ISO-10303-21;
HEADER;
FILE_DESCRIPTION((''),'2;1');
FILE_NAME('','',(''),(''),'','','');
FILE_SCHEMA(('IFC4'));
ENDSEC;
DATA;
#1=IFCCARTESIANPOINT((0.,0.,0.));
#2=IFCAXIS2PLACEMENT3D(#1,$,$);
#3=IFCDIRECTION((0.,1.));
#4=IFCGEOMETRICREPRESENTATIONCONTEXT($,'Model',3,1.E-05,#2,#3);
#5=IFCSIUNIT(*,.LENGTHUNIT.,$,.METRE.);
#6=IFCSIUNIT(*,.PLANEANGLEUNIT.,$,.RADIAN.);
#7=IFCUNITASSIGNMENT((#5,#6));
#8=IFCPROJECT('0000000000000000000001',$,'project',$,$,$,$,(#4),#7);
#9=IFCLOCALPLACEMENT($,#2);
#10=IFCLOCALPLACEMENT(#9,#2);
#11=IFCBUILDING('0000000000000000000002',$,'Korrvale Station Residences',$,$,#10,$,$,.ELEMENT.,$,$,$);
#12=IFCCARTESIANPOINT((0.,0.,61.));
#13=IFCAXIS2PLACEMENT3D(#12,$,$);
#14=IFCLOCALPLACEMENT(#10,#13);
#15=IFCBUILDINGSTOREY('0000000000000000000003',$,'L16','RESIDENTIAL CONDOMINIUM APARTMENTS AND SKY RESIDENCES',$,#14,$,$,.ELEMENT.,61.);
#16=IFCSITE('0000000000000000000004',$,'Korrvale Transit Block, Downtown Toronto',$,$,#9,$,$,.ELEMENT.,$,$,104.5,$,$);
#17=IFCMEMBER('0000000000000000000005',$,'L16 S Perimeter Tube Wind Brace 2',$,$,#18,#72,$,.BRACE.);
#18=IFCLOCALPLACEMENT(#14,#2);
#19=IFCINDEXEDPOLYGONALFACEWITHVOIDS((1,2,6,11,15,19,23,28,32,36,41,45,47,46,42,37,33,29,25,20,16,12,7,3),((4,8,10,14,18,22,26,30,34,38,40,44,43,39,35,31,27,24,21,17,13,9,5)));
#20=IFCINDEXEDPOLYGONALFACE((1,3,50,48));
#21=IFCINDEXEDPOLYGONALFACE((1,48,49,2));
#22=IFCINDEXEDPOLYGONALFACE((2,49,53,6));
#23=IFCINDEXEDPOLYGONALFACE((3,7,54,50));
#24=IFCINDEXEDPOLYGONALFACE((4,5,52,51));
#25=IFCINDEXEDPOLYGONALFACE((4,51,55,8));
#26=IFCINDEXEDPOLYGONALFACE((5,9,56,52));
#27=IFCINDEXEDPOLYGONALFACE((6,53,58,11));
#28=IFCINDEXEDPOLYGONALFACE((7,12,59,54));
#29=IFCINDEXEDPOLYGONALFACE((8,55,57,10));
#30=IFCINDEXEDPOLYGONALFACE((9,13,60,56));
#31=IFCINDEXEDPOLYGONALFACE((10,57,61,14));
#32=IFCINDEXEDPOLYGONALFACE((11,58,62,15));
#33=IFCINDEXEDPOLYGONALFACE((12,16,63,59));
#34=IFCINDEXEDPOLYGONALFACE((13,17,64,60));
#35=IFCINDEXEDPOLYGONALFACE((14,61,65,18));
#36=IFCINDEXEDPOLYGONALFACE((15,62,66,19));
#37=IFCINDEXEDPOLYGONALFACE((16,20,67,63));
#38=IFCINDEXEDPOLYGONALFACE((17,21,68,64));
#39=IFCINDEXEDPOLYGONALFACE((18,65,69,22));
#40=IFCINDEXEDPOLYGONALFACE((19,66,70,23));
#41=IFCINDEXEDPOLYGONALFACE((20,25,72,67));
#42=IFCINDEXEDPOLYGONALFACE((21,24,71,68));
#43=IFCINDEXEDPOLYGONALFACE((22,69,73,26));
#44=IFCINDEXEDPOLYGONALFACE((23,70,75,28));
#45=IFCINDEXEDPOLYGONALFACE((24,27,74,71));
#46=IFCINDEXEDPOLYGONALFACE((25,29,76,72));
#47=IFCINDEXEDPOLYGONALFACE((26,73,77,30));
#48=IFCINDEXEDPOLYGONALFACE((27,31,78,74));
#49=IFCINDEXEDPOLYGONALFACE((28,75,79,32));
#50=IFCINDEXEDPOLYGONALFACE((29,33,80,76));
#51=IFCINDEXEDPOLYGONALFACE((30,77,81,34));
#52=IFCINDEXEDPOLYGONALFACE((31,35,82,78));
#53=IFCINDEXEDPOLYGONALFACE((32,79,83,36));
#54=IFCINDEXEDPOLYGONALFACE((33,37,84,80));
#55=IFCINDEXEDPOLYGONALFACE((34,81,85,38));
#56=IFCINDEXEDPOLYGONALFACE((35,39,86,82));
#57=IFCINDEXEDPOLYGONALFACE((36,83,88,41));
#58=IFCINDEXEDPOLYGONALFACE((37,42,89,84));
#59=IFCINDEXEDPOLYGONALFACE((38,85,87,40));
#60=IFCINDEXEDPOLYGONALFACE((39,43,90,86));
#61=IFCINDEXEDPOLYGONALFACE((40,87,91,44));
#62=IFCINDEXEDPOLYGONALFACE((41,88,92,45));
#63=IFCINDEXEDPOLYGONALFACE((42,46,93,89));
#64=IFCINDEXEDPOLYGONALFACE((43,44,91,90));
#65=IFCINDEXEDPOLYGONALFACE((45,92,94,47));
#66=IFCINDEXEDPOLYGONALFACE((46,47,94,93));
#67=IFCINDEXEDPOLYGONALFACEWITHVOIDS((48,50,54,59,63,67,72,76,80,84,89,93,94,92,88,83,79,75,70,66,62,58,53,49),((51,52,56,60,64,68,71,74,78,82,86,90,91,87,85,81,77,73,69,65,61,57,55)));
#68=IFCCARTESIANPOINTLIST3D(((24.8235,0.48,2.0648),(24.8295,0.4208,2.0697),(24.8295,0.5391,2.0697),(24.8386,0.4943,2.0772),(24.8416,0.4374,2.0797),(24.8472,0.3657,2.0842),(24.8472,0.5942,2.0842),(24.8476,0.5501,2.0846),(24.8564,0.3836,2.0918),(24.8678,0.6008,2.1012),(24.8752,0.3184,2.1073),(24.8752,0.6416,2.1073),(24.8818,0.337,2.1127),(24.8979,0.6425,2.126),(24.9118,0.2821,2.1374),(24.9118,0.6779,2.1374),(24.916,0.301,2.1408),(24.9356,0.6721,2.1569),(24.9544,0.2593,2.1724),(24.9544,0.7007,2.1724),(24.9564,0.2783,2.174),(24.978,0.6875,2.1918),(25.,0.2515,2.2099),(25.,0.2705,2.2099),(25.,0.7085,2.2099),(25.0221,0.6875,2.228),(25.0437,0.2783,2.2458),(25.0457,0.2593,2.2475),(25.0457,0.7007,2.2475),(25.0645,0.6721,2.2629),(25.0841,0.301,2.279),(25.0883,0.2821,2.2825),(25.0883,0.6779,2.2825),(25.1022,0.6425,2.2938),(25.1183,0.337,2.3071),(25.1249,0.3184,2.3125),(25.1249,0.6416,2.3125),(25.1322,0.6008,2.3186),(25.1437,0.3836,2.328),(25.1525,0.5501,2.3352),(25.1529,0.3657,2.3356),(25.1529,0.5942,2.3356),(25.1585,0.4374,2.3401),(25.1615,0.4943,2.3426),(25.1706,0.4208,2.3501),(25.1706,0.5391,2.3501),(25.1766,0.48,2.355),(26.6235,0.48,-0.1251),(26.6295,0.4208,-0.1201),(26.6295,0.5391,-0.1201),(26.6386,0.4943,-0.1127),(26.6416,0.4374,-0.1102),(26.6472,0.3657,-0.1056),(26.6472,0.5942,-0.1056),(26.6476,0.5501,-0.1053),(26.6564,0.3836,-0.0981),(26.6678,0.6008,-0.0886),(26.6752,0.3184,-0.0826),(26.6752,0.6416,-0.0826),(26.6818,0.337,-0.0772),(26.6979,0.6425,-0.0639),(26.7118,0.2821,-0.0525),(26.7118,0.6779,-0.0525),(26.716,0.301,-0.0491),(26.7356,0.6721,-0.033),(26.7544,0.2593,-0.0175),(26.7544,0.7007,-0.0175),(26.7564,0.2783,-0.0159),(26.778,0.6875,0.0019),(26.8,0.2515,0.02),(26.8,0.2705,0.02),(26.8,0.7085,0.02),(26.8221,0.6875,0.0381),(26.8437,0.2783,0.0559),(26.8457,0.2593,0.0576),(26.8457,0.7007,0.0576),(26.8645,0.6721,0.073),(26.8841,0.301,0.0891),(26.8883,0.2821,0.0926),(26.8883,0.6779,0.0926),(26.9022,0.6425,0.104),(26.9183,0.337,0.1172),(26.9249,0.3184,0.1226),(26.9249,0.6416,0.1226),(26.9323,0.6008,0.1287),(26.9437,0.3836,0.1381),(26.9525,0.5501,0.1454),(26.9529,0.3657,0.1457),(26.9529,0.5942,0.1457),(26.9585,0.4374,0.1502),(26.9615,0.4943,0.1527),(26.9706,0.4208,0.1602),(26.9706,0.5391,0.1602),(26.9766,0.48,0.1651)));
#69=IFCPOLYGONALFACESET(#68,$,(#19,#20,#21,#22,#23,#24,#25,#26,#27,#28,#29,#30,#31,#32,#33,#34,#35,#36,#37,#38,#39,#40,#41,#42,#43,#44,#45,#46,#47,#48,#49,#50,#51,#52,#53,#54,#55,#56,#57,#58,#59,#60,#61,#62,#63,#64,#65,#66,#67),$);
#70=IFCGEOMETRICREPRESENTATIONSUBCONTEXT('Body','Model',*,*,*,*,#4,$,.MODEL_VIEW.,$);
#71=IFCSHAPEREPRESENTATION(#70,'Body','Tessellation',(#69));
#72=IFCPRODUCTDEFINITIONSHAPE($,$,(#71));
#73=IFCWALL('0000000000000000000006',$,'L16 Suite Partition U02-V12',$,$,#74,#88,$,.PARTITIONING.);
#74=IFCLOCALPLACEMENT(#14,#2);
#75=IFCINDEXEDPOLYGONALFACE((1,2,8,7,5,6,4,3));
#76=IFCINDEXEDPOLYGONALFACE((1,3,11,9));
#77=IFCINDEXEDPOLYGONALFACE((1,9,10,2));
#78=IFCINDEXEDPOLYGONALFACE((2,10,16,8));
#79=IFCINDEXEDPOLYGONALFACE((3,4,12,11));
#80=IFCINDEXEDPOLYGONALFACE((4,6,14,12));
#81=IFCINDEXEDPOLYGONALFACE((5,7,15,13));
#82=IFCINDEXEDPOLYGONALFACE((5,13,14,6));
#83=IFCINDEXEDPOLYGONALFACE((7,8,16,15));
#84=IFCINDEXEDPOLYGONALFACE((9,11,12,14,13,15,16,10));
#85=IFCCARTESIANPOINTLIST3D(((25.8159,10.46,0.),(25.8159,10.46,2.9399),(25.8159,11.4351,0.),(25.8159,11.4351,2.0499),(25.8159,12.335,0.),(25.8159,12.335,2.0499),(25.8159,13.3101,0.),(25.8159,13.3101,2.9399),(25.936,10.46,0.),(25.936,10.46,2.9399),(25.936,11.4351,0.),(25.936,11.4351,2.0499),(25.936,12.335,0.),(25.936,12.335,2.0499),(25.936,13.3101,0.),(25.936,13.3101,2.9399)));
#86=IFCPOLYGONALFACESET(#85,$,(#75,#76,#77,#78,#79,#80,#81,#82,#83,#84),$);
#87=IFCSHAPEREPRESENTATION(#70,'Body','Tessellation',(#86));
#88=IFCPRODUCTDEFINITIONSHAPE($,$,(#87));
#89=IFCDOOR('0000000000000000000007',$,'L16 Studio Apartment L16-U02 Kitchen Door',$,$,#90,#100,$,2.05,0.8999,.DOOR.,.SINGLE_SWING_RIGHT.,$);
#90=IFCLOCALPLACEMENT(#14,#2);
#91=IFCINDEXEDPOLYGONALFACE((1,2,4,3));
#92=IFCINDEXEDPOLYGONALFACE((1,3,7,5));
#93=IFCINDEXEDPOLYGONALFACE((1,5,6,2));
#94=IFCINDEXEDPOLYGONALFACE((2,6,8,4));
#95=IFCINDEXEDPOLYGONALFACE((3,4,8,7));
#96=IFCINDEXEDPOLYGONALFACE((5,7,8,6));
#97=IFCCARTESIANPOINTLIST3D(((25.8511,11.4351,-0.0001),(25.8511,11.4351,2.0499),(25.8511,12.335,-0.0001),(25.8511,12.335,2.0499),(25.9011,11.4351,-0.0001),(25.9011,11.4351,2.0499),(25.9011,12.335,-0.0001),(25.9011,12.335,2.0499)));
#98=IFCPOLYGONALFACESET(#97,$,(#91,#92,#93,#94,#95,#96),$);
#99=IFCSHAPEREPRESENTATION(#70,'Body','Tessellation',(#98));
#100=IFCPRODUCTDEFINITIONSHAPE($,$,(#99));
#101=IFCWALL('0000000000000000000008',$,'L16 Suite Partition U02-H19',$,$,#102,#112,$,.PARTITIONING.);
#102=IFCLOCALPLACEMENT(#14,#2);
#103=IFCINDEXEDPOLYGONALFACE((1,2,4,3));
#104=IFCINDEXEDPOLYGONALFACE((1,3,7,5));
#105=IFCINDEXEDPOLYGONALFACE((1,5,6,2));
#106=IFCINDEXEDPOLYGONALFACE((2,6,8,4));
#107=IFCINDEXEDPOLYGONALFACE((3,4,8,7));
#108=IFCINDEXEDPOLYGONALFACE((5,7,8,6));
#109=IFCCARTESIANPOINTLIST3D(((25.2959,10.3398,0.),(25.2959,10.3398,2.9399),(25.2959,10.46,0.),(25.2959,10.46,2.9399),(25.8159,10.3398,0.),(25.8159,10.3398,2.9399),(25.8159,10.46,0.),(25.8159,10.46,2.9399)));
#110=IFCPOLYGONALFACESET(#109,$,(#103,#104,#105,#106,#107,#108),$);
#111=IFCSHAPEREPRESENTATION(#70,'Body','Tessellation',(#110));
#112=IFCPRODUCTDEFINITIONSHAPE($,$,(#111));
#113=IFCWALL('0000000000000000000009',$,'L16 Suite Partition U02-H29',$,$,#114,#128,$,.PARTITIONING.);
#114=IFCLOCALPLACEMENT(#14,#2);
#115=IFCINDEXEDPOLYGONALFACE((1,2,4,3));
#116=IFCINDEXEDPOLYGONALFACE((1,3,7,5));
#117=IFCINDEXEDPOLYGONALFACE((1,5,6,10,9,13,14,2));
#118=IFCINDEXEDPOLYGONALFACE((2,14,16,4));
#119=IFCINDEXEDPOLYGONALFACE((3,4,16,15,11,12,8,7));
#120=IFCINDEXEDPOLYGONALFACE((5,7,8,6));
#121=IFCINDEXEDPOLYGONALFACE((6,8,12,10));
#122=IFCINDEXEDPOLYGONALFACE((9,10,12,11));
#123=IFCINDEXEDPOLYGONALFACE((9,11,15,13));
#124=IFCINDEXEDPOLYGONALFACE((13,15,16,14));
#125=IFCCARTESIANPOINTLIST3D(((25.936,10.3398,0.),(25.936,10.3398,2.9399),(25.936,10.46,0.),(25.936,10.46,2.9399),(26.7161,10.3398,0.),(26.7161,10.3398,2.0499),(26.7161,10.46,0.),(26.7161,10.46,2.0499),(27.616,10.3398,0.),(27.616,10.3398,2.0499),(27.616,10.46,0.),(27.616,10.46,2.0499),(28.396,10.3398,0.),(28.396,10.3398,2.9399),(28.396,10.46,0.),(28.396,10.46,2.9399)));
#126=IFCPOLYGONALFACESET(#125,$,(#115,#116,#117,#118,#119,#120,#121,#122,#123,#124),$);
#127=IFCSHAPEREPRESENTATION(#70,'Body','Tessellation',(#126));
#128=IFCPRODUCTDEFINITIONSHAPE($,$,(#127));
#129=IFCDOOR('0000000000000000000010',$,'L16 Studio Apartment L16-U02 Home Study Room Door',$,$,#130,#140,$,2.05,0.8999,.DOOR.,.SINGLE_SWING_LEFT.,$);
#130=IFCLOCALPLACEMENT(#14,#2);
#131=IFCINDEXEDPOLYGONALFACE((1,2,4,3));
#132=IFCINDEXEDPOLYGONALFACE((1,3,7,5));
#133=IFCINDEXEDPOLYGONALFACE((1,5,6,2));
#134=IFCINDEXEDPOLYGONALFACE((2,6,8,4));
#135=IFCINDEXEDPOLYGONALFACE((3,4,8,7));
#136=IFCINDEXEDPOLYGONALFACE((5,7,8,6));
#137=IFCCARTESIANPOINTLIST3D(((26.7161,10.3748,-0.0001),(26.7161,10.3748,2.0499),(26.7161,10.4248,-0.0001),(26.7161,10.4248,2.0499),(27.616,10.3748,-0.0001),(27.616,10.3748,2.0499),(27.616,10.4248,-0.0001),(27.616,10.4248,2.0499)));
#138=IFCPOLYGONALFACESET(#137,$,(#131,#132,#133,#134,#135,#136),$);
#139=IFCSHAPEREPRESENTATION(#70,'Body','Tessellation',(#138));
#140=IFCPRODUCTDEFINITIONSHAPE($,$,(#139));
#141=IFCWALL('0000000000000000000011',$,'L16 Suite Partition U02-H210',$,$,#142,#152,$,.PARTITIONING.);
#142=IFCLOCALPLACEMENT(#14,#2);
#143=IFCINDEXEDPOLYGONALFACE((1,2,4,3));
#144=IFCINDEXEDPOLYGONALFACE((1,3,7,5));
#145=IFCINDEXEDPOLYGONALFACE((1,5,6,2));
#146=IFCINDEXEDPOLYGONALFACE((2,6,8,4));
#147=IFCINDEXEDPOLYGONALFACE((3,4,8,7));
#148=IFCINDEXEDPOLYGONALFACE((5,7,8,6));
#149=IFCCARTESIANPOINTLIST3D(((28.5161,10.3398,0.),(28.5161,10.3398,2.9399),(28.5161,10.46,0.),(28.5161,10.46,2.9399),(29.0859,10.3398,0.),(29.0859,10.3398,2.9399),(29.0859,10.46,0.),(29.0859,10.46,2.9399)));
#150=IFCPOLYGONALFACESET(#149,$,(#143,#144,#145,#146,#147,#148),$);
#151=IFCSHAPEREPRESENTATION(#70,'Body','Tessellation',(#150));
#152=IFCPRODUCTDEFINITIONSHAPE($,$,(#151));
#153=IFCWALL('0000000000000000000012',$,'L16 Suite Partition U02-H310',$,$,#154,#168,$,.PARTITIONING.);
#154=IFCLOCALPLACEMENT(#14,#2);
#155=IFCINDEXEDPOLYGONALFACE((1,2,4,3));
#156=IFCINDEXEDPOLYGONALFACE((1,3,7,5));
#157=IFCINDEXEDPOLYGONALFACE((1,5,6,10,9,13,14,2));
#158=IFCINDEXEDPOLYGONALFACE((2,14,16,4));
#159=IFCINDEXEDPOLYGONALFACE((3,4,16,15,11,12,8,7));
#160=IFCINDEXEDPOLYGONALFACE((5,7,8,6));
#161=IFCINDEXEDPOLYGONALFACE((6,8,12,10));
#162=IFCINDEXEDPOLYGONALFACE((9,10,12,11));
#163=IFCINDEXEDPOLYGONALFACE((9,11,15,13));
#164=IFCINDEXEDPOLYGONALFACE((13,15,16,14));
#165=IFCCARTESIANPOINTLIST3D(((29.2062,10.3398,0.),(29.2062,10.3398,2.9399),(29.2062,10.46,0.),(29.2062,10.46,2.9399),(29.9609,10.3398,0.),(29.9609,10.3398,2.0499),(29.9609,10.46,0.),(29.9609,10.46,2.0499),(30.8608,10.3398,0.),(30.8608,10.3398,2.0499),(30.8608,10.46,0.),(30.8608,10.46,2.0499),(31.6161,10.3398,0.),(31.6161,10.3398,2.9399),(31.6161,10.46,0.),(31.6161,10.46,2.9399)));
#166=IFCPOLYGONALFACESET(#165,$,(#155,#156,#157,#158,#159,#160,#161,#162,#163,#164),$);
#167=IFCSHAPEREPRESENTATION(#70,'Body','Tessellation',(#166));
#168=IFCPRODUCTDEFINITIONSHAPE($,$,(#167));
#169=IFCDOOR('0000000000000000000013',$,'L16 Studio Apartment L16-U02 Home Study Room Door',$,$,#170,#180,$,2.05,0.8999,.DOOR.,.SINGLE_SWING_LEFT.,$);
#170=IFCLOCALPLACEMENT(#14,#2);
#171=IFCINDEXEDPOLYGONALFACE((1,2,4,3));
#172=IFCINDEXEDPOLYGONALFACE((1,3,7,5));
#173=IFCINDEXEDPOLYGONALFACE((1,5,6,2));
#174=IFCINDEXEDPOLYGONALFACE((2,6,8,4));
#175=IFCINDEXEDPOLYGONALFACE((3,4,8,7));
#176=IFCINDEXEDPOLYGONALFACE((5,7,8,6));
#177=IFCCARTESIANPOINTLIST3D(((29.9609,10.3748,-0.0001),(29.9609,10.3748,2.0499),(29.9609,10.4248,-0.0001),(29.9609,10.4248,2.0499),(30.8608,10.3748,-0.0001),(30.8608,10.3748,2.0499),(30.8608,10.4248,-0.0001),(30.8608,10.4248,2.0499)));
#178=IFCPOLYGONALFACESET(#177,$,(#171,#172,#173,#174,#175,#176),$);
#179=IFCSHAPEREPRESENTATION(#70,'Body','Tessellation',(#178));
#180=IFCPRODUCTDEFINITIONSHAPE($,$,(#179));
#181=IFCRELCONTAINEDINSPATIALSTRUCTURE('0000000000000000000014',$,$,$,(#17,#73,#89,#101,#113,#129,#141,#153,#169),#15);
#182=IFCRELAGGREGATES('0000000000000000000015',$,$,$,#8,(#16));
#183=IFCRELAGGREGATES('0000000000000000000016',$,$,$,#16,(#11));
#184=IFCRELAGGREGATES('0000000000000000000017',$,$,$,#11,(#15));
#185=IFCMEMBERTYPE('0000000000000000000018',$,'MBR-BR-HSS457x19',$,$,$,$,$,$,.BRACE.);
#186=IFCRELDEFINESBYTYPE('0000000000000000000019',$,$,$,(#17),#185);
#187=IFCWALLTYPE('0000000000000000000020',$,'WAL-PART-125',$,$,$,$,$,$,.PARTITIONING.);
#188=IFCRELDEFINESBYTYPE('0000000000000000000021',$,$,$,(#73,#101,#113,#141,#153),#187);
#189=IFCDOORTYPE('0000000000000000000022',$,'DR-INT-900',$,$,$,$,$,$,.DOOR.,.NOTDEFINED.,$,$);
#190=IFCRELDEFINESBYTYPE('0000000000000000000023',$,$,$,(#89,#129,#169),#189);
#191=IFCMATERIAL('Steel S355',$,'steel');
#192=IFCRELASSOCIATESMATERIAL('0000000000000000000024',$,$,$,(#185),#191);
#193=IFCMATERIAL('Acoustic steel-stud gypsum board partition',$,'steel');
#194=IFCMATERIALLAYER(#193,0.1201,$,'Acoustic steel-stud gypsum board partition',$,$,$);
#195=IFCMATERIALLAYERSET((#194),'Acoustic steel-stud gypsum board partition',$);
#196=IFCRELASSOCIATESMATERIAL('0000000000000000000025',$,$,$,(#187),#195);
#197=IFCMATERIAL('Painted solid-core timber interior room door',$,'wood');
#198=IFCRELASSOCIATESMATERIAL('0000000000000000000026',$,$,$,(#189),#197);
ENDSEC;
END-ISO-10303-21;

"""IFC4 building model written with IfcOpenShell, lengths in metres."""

from ifc_helpers import new_model, si_unit, direction, frame, frame_2d, origin, origin_2d, place, context, subcontext, project, spatial, rectangle, hollow_circle, extrude, material, layer, layer_set, material_profile, profile_set, type_object, element, fill, save


model = new_model("IFC4")

# Units and contexts
model_context = context("Model", 3, precision=1e-05, world=origin(), true_north=direction((0.0, 1.0)))
body_context = subcontext(model_context, "Body", "Model", "MODEL_VIEW")
ifc_project = project(units=[si_unit("LENGTHUNIT", "METRE"), si_unit("PLANEANGLEUNIT", "RADIAN")], contexts=[model_context])

# Site, building, storey
site_placement = place(None, origin())
site = spatial("IfcSite", under=ifc_project, at=site_placement, Name="Korrvale Transit Block, Downtown Toronto", CompositionType="ELEMENT", RefElevation=104.5)
building_placement = place(site_placement, origin())
building = spatial("IfcBuilding", under=site, at=building_placement, Name="Korrvale Station Residences", CompositionType="ELEMENT")
storey_placement = place(building_placement, frame((0.0, 0.0, 61.0)))
storey = spatial("IfcBuildingStorey", under=building, at=storey_placement, Name="L16", Description="RESIDENTIAL CONDOMINIUM APARTMENTS AND SKY RESIDENCES", CompositionType="ELEMENT", Elevation=61.0)

# Shared definitions
ifc_material_1 = material(Name="Steel S355", Category="steel")

# Member
ifc_material_profile_1 = material_profile(ifc_material_1, hollow_circle(Radius=0.2285, WallThickness=0.019, at=origin_2d()), Name="HSS457x19")
ifc_profile_set_1 = profile_set([ifc_material_profile_1], Name="Steel S355")
member_type = type_object("IfcMemberType", Name="MBR-BR-HSS457x19", PredefinedType="BRACE", material=ifc_profile_set_1)
for number, where, z_axis, x_axis, name in (
    (1, (26.8, 0.48, 0.02), (-0.634985, 0.0, 0.772524), (0.0, -1.0, 0.0), "L16 S Perimeter Tube Wind Brace 2"),
):
    element("IfcMember", number, at=place(storey_placement, frame(where, z_axis=z_axis, x_axis=x_axis)), inside=storey, type_object=member_type, Name=name, PredefinedType="BRACE", context=body_context, shape_type="SweptSolid", body=[
        extrude(hollow_circle(Radius=0.2285, WallThickness=0.019, at=origin_2d()), origin(), (0.0, 0.0, 1.0), 2.8347),
    ])

# Wall, opening, door
ifc_material_2 = material(Name="Acoustic steel-stud gypsum board partition", Category="steel")
ifc_layer_1 = layer(ifc_material_2, 0.1201, Name="Acoustic steel-stud gypsum board partition")
ifc_layer_set_1 = layer_set([ifc_layer_1], Name="Acoustic steel-stud gypsum board partition")
wall_type = type_object("IfcWallType", Name="WAL-PART-125", PredefinedType="PARTITIONING", material=ifc_layer_set_1)
wall_1_placement = place(storey_placement, frame((25.876, 10.46, 0.0), z_axis=(0.0, 0.0, 1.0), x_axis=(0.0, 1.0, 0.0)))
wall_1 = element("IfcWall", 2, at=wall_1_placement, inside=storey, type_object=wall_type, Name="L16 Suite Partition U02-V12", PredefinedType="PARTITIONING", context=body_context, shape_type="SweptSolid", body=[
    extrude(rectangle(XDim=2.8501, YDim=0.1201, at=frame_2d((1.425, 0.0))), origin(), (0.0, 0.0, 1.0), 2.9399),
])
opening_1_placement = place(wall_1_placement, frame((0.9751, 0.0, 0.0)))
opening_1 = element("IfcOpeningElement", 3, at=opening_1_placement, cuts=wall_1, PredefinedType="OPENING", context=body_context, shape_type="SweptSolid", body=[
    extrude(rectangle(XDim=0.8999, YDim=2.05, at=frame_2d((0.45, 1.0249))), frame((0.0, 0.0701, 0.0), z_axis=(0.0, -1.0, 0.0), x_axis=(1.0, 0.0, 0.0)), (0.0, 0.0, 1.0), 0.1401),
])
ifc_material_3 = material(Name="Painted solid-core timber interior room door", Category="wood")
door_type = type_object("IfcDoorType", Name="DR-INT-900", OperationType="NOTDEFINED", PredefinedType="DOOR", material=ifc_material_3)
door_1_placement = place(opening_1_placement, origin())
door_1 = element("IfcDoor", 4, at=door_1_placement, inside=storey, type_object=door_type, Name="L16 Studio Apartment L16-U02 Kitchen Door", OperationType="SINGLE_SWING_RIGHT", OverallHeight=2.05, OverallWidth=0.8999, PredefinedType="DOOR", context=body_context, shape_type="SweptSolid", body=[
    extrude(rectangle(XDim=0.8999, YDim=2.05, at=frame_2d((0.45, 1.0249))), frame((0.0, 0.0249, 0.0), z_axis=(0.0, -1.0, 0.0), x_axis=(1.0, 0.0, 0.0)), (0.0, 0.0, 1.0), 0.05),
])
fill(opening_1, door_1)

# Wall
wall_2_placement = place(storey_placement, frame((25.2959, 10.3999, 0.0), z_axis=(0.0, 0.0, 1.0), x_axis=(1.0, 0.0, 0.0)))
element("IfcWall", 5, at=wall_2_placement, inside=storey, type_object=wall_type, Name="L16 Suite Partition U02-H19", PredefinedType="PARTITIONING", context=body_context, shape_type="SweptSolid", body=[
    extrude(rectangle(XDim=0.52, YDim=0.1201, at=frame_2d((0.26, 0.0))), origin(), (0.0, 0.0, 1.0), 2.9399),
])

# Wall, opening, door
wall_3_placement = place(storey_placement, frame((25.936, 10.3999, 0.0), z_axis=(0.0, 0.0, 1.0), x_axis=(1.0, 0.0, 0.0)))
wall_3 = element("IfcWall", 6, at=wall_3_placement, inside=storey, type_object=wall_type, Name="L16 Suite Partition U02-H29", PredefinedType="PARTITIONING", context=body_context, shape_type="SweptSolid", body=[
    extrude(rectangle(XDim=2.46, YDim=0.1201, at=frame_2d((1.23, 0.0))), origin(), (0.0, 0.0, 1.0), 2.9399),
])
opening_2_placement = place(wall_3_placement, frame((0.78, 0.0, 0.0)))
opening_2 = element("IfcOpeningElement", 7, at=opening_2_placement, cuts=wall_3, PredefinedType="OPENING", context=body_context, shape_type="SweptSolid", body=[
    extrude(rectangle(XDim=0.8999, YDim=2.05, at=frame_2d((0.45, 1.0249))), frame((0.0, 0.0701, 0.0), z_axis=(0.0, -1.0, 0.0), x_axis=(1.0, 0.0, 0.0)), (0.0, 0.0, 1.0), 0.1401),
])
door_2_placement = place(opening_2_placement, origin())
door_2 = element("IfcDoor", 8, at=door_2_placement, inside=storey, type_object=door_type, Name="L16 Studio Apartment L16-U02 Home Study Room Door", OperationType="SINGLE_SWING_LEFT", OverallHeight=2.05, OverallWidth=0.8999, PredefinedType="DOOR", context=body_context, shape_type="SweptSolid", body=[
    extrude(rectangle(XDim=0.8999, YDim=2.05, at=frame_2d((0.45, 1.0249))), frame((0.0, 0.0249, 0.0), z_axis=(0.0, -1.0, 0.0), x_axis=(1.0, 0.0, 0.0)), (0.0, 0.0, 1.0), 0.05),
])
fill(opening_2, door_2)

# Wall
wall_4_placement = place(storey_placement, frame((28.5161, 10.3999, 0.0), z_axis=(0.0, 0.0, 1.0), x_axis=(1.0, 0.0, 0.0)))
element("IfcWall", 9, at=wall_4_placement, inside=storey, type_object=wall_type, Name="L16 Suite Partition U02-H210", PredefinedType="PARTITIONING", context=body_context, shape_type="SweptSolid", body=[
    extrude(rectangle(XDim=0.5698, YDim=0.1201, at=frame_2d((0.2849, 0.0))), origin(), (0.0, 0.0, 1.0), 2.9399),
])

# Wall, opening, door
wall_5_placement = place(storey_placement, frame((29.2061, 10.3999, 0.0), z_axis=(0.0, 0.0, 1.0), x_axis=(1.0, 0.0, 0.0)))
wall_5 = element("IfcWall", 10, at=wall_5_placement, inside=storey, type_object=wall_type, Name="L16 Suite Partition U02-H310", PredefinedType="PARTITIONING", context=body_context, shape_type="SweptSolid", body=[
    extrude(rectangle(XDim=2.4099, YDim=0.1201, at=frame_2d((1.2051, 0.0))), origin(), (0.0, 0.0, 1.0), 2.9399),
])
opening_3_placement = place(wall_5_placement, frame((0.7549, 0.0, 0.0)))
opening_3 = element("IfcOpeningElement", 11, at=opening_3_placement, cuts=wall_5, PredefinedType="OPENING", context=body_context, shape_type="SweptSolid", body=[
    extrude(rectangle(XDim=0.8999, YDim=2.05, at=frame_2d((0.45, 1.0249))), frame((0.0, 0.0701, 0.0), z_axis=(0.0, -1.0, 0.0), x_axis=(1.0, 0.0, 0.0)), (0.0, 0.0, 1.0), 0.1401),
])
door_3_placement = place(opening_3_placement, origin())
door_3 = element("IfcDoor", 12, at=door_3_placement, inside=storey, type_object=door_type, Name="L16 Studio Apartment L16-U02 Home Study Room Door", OperationType="SINGLE_SWING_LEFT", OverallHeight=2.05, OverallWidth=0.8999, PredefinedType="DOOR", context=body_context, shape_type="SweptSolid", body=[
    extrude(rectangle(XDim=0.8999, YDim=2.05, at=frame_2d((0.45, 1.0249))), frame((0.0, 0.0249, 0.0), z_axis=(0.0, -1.0, 0.0), x_axis=(1.0, 0.0, 0.0)), (0.0, 0.0, 1.0), 0.05),
])
fill(opening_3, door_3)

save(model, "model.ifc")
